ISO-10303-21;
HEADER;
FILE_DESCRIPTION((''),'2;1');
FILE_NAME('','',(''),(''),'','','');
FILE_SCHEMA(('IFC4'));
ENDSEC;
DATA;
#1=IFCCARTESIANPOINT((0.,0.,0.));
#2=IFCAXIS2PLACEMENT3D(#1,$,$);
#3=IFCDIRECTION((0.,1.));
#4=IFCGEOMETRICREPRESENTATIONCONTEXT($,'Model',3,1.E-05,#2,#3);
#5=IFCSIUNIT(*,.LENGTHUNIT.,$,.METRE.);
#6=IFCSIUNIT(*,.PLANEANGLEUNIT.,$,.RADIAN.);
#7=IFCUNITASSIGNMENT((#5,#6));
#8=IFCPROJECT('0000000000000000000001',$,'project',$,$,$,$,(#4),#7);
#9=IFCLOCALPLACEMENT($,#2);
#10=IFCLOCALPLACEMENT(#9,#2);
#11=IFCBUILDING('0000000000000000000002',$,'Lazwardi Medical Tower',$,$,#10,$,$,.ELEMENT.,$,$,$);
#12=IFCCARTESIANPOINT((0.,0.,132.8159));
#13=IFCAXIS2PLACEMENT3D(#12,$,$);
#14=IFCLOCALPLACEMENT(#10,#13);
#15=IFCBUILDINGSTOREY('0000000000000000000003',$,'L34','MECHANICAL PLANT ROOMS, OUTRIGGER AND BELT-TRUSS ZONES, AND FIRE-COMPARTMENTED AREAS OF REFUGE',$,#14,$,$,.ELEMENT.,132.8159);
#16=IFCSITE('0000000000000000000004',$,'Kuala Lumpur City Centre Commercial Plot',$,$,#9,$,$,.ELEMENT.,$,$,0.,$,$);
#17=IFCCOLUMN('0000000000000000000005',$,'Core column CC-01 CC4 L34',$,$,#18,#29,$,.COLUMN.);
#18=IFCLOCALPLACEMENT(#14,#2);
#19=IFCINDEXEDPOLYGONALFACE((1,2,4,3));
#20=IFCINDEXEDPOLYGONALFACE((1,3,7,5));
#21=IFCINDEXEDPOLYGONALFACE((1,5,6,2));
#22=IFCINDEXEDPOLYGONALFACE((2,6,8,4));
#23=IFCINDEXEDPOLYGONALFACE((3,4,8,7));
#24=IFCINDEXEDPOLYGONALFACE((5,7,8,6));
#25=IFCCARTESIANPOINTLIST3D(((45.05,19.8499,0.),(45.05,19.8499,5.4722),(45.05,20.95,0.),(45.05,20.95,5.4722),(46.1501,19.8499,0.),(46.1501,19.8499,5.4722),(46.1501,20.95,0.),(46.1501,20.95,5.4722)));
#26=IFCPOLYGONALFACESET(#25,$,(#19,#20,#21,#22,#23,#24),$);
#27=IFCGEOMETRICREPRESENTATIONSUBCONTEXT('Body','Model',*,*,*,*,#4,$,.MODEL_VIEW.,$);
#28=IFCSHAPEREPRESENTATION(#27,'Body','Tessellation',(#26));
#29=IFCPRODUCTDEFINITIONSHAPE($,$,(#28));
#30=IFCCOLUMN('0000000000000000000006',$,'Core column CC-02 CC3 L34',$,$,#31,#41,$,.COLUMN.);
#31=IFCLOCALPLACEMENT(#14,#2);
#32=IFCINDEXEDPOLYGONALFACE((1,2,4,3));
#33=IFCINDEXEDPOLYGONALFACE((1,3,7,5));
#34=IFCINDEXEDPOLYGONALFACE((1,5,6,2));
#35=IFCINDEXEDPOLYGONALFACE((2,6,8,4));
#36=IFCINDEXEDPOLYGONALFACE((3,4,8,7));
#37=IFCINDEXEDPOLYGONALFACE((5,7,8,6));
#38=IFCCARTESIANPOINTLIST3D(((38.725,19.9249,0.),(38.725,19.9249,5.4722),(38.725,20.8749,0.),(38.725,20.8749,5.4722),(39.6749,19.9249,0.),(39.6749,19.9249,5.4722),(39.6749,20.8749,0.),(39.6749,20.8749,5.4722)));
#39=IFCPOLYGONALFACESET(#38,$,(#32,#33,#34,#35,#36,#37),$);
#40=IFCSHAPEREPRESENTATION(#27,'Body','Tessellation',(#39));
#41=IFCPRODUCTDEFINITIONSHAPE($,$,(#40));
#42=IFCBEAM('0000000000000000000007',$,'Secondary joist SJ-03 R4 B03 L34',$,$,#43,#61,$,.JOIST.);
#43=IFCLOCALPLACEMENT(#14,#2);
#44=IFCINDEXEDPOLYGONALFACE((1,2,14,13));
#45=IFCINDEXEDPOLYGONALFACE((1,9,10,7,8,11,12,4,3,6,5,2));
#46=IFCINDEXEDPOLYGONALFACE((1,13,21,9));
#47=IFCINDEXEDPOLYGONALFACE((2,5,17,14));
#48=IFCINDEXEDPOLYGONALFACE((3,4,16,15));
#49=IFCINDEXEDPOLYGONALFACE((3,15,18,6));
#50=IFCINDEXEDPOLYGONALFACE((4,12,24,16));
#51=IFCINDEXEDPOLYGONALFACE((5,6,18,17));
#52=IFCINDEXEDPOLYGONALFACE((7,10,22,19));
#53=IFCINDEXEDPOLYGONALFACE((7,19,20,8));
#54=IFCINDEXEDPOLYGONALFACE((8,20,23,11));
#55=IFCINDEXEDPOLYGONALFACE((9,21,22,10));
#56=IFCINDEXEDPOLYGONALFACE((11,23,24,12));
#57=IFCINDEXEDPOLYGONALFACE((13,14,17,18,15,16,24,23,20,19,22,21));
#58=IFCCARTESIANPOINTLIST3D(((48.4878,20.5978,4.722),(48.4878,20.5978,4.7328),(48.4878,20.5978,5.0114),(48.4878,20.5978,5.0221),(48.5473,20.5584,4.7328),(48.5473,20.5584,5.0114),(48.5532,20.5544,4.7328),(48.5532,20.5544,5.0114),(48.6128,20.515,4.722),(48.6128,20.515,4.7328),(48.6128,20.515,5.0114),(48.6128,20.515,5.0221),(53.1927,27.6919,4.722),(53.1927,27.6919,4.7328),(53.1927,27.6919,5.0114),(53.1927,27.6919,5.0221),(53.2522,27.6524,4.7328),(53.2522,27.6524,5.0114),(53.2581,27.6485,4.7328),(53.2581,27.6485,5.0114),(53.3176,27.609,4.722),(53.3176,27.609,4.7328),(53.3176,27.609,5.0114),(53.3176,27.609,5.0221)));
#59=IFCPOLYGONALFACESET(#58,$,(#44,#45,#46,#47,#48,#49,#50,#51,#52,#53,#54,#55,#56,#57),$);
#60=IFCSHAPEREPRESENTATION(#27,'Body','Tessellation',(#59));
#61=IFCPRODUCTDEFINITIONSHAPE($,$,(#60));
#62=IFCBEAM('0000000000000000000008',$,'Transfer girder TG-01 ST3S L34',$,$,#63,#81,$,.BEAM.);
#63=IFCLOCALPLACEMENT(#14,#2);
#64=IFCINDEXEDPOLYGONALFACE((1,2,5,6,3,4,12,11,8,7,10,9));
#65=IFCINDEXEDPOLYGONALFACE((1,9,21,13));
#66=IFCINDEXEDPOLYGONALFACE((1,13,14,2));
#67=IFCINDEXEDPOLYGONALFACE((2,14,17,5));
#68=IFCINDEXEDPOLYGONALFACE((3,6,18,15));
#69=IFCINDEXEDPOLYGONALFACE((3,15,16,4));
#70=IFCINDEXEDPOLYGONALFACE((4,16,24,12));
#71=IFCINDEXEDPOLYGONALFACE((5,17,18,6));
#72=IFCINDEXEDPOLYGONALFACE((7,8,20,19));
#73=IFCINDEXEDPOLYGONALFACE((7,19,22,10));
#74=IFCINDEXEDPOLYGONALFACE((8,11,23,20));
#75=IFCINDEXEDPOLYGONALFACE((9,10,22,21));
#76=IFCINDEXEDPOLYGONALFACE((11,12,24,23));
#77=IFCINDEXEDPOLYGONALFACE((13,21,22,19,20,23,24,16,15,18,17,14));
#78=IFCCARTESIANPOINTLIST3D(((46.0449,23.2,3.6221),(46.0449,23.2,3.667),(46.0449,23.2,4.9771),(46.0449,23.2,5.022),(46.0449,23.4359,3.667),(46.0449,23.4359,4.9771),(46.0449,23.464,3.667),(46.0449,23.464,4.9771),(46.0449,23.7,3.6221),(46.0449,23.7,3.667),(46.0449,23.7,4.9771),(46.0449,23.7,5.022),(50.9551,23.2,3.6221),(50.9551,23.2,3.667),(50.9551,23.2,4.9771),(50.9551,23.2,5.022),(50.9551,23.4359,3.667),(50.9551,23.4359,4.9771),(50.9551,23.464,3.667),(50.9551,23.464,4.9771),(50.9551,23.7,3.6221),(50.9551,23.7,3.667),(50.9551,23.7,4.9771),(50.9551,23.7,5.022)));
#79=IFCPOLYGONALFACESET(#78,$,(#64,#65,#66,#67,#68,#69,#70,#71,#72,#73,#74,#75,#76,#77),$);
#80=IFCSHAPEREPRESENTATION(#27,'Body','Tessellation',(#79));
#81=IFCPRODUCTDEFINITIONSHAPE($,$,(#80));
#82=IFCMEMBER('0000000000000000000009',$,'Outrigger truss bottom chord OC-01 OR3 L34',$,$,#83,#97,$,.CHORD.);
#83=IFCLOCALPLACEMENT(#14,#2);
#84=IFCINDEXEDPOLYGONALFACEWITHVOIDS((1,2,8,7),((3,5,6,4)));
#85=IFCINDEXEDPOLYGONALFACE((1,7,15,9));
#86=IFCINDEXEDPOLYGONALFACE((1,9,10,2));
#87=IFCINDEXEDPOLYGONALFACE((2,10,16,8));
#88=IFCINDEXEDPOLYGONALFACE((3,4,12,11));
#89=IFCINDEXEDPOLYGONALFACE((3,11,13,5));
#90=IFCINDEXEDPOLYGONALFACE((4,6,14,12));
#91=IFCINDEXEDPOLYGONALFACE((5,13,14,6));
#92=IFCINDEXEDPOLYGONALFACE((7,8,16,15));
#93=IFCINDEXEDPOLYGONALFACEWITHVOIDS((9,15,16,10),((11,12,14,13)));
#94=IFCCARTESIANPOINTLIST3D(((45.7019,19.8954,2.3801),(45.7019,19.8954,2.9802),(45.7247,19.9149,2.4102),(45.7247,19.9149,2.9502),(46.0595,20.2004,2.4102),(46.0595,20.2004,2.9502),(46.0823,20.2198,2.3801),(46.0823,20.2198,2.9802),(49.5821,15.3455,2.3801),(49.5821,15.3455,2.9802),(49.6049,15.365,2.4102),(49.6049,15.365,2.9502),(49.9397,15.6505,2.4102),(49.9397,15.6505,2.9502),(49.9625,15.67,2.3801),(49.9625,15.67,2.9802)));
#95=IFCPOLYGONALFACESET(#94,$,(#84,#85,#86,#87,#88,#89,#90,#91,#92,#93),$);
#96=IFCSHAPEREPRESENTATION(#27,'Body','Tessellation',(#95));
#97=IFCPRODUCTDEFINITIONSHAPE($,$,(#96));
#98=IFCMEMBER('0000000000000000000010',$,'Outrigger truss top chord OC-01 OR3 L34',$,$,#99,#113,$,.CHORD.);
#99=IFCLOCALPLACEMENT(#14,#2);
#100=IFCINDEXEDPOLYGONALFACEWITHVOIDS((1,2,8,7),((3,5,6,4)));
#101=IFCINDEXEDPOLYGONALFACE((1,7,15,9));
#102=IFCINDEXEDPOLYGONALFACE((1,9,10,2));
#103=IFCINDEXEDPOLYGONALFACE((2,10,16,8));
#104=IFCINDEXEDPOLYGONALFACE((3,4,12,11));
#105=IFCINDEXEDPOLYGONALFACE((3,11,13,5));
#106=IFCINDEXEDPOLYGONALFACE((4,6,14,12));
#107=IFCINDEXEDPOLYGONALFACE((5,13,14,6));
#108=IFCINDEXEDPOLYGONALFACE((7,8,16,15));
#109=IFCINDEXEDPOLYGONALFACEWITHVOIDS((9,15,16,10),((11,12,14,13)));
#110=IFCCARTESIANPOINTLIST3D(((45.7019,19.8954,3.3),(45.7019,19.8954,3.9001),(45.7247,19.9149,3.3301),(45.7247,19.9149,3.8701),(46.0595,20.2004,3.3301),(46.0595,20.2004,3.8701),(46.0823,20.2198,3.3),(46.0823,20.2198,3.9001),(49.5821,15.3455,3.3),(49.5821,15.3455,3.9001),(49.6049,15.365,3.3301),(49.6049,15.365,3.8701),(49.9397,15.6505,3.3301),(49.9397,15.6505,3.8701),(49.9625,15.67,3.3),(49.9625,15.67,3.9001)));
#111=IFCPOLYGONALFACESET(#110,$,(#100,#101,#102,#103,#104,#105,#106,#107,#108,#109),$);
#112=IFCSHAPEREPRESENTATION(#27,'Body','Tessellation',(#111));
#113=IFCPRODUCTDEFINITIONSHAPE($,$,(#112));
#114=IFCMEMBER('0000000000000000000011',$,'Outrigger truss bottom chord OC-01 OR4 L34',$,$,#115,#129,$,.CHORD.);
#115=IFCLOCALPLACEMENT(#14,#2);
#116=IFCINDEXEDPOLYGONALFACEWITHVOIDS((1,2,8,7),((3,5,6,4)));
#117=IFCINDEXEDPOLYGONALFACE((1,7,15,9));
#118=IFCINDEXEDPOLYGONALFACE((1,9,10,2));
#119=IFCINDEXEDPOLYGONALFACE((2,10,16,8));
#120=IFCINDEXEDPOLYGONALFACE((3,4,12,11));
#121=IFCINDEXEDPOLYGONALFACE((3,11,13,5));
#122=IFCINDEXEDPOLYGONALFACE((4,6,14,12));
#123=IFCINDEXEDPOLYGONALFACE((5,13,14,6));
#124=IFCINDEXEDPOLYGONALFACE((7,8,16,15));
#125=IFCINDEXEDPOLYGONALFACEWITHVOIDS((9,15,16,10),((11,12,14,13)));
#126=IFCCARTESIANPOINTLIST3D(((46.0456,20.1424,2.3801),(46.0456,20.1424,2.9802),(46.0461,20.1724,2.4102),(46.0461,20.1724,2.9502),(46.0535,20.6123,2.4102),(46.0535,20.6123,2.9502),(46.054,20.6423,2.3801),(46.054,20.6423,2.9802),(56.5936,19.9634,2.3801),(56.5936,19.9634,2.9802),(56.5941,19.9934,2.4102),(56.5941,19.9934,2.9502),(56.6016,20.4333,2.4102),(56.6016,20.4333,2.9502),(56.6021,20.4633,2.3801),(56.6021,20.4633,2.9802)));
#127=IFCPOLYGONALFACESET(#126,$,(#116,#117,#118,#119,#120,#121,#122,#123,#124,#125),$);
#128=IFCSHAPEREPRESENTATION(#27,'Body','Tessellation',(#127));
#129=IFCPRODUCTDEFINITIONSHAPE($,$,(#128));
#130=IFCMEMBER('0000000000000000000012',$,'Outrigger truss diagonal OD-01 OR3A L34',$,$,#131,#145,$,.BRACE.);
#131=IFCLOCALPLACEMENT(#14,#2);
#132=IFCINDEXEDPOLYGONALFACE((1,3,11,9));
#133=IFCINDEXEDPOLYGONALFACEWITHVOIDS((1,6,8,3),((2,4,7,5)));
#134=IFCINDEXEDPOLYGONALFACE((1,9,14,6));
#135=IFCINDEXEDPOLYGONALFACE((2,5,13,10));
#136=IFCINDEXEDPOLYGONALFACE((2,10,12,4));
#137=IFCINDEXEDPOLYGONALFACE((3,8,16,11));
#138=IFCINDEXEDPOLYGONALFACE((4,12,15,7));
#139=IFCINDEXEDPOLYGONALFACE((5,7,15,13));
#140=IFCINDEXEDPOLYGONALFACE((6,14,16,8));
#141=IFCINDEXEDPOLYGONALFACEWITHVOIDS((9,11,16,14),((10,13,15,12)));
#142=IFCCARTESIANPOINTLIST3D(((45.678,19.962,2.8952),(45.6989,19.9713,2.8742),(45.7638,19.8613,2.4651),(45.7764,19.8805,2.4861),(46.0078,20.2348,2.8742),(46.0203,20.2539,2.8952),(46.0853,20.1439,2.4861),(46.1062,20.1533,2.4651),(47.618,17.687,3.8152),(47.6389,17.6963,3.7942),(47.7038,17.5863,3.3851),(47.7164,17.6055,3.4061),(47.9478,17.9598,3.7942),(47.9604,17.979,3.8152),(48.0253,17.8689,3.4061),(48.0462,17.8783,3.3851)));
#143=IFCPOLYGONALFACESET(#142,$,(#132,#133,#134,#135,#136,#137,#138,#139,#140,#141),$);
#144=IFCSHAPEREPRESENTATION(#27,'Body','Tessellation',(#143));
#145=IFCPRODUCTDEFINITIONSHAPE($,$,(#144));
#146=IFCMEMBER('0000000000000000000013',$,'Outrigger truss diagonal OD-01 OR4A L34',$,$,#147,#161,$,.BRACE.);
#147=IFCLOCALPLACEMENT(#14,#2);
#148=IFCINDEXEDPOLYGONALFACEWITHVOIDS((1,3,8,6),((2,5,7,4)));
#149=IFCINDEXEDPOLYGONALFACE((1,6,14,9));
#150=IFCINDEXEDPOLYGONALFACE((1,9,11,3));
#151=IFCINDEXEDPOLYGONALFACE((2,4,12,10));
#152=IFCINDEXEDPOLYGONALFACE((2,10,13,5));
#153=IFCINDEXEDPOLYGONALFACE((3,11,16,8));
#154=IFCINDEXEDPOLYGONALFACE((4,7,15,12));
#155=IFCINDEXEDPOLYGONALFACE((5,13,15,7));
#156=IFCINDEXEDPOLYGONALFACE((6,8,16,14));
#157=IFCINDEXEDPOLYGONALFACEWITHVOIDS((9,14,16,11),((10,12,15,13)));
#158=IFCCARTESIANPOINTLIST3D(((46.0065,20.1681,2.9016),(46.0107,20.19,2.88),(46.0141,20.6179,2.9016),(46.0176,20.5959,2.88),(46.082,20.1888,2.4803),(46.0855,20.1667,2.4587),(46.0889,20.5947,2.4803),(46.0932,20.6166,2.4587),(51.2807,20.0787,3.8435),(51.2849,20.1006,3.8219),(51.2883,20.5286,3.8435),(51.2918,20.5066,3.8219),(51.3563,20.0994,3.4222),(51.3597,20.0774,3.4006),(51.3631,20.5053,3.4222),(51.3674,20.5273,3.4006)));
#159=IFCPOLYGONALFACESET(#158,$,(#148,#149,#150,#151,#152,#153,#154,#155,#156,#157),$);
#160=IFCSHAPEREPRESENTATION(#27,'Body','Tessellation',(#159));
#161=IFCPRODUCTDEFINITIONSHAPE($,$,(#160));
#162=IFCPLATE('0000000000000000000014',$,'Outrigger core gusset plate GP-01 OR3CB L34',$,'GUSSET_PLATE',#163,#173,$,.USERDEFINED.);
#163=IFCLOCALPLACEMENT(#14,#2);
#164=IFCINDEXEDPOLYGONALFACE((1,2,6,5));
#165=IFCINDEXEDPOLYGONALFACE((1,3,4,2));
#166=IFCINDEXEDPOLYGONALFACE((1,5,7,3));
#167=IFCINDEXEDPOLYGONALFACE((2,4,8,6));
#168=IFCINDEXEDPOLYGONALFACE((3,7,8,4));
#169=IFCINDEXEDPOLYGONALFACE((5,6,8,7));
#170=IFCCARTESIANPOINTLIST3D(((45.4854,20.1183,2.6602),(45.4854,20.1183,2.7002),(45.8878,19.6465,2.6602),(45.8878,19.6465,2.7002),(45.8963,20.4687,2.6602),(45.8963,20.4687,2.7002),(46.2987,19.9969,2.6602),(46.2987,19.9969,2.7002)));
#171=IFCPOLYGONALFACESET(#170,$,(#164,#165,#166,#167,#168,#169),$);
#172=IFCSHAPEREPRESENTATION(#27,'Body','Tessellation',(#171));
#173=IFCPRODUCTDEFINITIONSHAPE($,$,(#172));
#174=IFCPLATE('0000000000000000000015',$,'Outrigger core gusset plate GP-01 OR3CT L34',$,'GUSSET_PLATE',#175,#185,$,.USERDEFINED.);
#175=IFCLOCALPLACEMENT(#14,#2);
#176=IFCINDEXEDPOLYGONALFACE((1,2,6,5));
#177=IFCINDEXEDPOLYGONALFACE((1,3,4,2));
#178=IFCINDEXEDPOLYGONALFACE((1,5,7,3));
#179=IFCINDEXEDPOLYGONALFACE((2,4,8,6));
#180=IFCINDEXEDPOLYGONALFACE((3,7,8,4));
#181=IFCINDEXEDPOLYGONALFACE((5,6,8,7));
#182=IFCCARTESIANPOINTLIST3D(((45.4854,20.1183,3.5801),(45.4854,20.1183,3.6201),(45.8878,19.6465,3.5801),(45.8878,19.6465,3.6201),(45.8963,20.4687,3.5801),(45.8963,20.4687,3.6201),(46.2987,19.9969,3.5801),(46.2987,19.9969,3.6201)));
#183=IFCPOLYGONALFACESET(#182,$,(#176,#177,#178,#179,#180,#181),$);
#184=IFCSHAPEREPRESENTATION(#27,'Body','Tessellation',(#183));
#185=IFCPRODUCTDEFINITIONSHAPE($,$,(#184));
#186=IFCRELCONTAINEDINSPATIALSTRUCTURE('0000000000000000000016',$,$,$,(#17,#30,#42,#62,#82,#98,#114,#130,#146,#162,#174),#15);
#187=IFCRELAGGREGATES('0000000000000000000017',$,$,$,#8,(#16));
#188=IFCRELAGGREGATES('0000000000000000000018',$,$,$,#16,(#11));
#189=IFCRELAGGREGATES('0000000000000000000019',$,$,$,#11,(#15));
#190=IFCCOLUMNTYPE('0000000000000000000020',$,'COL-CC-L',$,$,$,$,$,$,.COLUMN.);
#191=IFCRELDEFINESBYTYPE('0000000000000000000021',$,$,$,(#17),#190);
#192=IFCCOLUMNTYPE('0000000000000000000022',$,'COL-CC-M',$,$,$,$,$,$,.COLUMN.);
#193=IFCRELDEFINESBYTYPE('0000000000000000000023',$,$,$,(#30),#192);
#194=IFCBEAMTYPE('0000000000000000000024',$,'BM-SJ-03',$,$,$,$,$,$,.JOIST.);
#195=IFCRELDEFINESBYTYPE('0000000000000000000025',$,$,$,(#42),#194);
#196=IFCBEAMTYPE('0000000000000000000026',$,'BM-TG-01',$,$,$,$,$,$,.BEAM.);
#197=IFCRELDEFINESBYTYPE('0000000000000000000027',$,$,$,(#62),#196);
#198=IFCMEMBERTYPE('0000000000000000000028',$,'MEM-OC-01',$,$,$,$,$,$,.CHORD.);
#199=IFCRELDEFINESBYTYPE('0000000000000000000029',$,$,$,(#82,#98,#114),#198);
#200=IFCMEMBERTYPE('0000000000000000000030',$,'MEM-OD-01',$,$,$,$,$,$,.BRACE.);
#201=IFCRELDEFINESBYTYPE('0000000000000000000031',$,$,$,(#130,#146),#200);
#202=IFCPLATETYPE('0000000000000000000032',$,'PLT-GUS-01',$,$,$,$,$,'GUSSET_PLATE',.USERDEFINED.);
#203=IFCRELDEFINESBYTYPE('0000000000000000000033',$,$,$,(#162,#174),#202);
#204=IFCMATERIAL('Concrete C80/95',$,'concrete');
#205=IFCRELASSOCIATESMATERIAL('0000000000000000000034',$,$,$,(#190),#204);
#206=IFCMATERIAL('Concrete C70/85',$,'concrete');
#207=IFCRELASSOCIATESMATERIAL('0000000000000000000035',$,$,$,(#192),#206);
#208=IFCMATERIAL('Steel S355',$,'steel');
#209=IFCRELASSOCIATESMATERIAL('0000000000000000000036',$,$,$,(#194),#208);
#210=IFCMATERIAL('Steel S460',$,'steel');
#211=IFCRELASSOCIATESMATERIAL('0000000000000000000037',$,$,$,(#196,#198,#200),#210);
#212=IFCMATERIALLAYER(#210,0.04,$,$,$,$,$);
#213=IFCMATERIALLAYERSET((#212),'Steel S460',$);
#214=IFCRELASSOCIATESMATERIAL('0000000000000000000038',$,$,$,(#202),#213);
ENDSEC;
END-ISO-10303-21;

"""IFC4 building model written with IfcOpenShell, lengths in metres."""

from ifc_helpers import new_model, si_unit, direction, frame, origin, origin_2d, place, context, subcontext, project, spatial, rectangle, hollow_rectangle, i_section, extrude, material, layer, layer_set, material_profile, profile_set, type_object, element, save


model = new_model("IFC4")

# Units and contexts
model_context = context("Model", 3, precision=1e-05, world=origin(), true_north=direction((0.0, 1.0)))
body_context = subcontext(model_context, "Body", "Model", "MODEL_VIEW")
ifc_project = project(units=[si_unit("LENGTHUNIT", "METRE"), si_unit("PLANEANGLEUNIT", "RADIAN")], contexts=[model_context])

# Site, building, storey
site_placement = place(None, origin())
site = spatial("IfcSite", under=ifc_project, at=site_placement, Name="Kuala Lumpur City Centre Commercial Plot", CompositionType="ELEMENT", RefElevation=0.0)
building_placement = place(site_placement, origin())
building = spatial("IfcBuilding", under=site, at=building_placement, Name="Lazwardi Medical Tower", CompositionType="ELEMENT")
storey_placement = place(building_placement, frame((0.0, 0.0, 132.8159)))
storey = spatial("IfcBuildingStorey", under=building, at=storey_placement, Name="L34", Description="MECHANICAL PLANT ROOMS, OUTRIGGER AND BELT-TRUSS ZONES, AND FIRE-COMPARTMENTED AREAS OF REFUGE", CompositionType="ELEMENT", Elevation=132.8159)

# Columns
ifc_material_1 = material(Name="Concrete C80/95", Category="concrete")
ifc_material_profile_1 = material_profile(ifc_material_1, rectangle(XDim=1.1001, YDim=1.1001, at=origin_2d()), Name="RC 1100x1100")
ifc_profile_set_1 = profile_set([ifc_material_profile_1], Name="Concrete C80/95")
column_type_1 = type_object("IfcColumnType", Name="COL-CC-L", PredefinedType="COLUMN", material=ifc_profile_set_1)
column_1_placement = place(storey_placement, frame((45.6001, 20.3999, 0.0), z_axis=(0.0, 0.0, 1.0), x_axis=(1.0, 0.0, 0.0)))
element("IfcColumn", 1, at=column_1_placement, inside=storey, type_object=column_type_1, Name="Core column CC-01 CC4 L34", PredefinedType="COLUMN", context=body_context, shape_type="SweptSolid", body=[
    extrude(rectangle(XDim=1.1001, YDim=1.1001, at=origin_2d()), origin(), (0.0, 0.0, 1.0), 5.4722),
])
ifc_material_2 = material(Name="Concrete C70/85", Category="concrete")
ifc_material_profile_2 = material_profile(ifc_material_2, rectangle(XDim=0.95, YDim=0.95, at=origin_2d()), Name="RC 950x950")
ifc_profile_set_2 = profile_set([ifc_material_profile_2], Name="Concrete C70/85")
column_type_2 = type_object("IfcColumnType", Name="COL-CC-M", PredefinedType="COLUMN", material=ifc_profile_set_2)
column_2_placement = place(storey_placement, frame((39.2, 20.3999, 0.0), z_axis=(0.0, 0.0, 1.0), x_axis=(1.0, 0.0, 0.0)))
element("IfcColumn", 2, at=column_2_placement, inside=storey, type_object=column_type_2, Name="Core column CC-02 CC3 L34", PredefinedType="COLUMN", context=body_context, shape_type="SweptSolid", body=[
    extrude(rectangle(XDim=0.95, YDim=0.95, at=origin_2d()), origin(), (0.0, 0.0, 1.0), 5.4722),
])

# Beams
ifc_material_3 = material(Name="Steel S355", Category="steel")
ifc_material_profile_3 = material_profile(ifc_material_3, i_section(OverallWidth=0.1499, OverallDepth=0.3, WebThickness=0.0071, FlangeThickness=0.0107, at=origin_2d()), Name="IPE 300")
ifc_profile_set_3 = profile_set([ifc_material_profile_3], Name="Steel S355")
beam_type_1 = type_object("IfcBeamType", Name="BM-SJ-03", PredefinedType="JOIST", material=ifc_profile_set_3)
beam_1_placement = place(storey_placement, frame((48.5503, 20.5564, 4.8721), z_axis=(0.552706, 0.833376, 0.0), x_axis=(-0.833376, 0.552706, 0.0)))
element("IfcBeam", 3, at=beam_1_placement, inside=storey, type_object=beam_type_1, Name="Secondary joist SJ-03 R4 B03 L34", PredefinedType="JOIST", context=body_context, shape_type="SweptSolid", body=[
    extrude(i_section(OverallWidth=0.1499, OverallDepth=0.3, WebThickness=0.0071, FlangeThickness=0.0107, at=origin_2d()), origin(), (0.0, 0.0, 1.0), 8.5125),
])
ifc_material_4 = material(Name="Steel S460", Category="steel")
ifc_material_profile_4 = material_profile(ifc_material_4, i_section(OverallWidth=0.5, OverallDepth=1.3999, WebThickness=0.0281, FlangeThickness=0.0449, at=origin_2d()), Name="PG 1400x500")
ifc_profile_set_4 = profile_set([ifc_material_profile_4], Name="Steel S460")
beam_type_2 = type_object("IfcBeamType", Name="BM-TG-01", PredefinedType="BEAM", material=ifc_profile_set_4)
beam_2_placement = place(storey_placement, frame((46.0449, 23.45, 4.322), z_axis=(1.0, 0.0, 0.0), x_axis=(0.0, 1.0, 0.0)))
element("IfcBeam", 4, at=beam_2_placement, inside=storey, type_object=beam_type_2, Name="Transfer girder TG-01 ST3S L34", PredefinedType="BEAM", context=body_context, shape_type="SweptSolid", body=[
    extrude(i_section(OverallWidth=0.5, OverallDepth=1.3999, WebThickness=0.0281, FlangeThickness=0.0449, at=origin_2d()), origin(), (0.0, 0.0, 1.0), 4.9102),
])

# Members
ifc_material_profile_5 = material_profile(ifc_material_4, hollow_rectangle(XDim=0.5, YDim=0.6001, WallThickness=0.03, at=origin_2d()), Name="RHS 600x500x30")
ifc_profile_set_5 = profile_set([ifc_material_profile_5], Name="Steel S460")
member_type_1 = type_object("IfcMemberType", Name="MEM-OC-01", PredefinedType="CHORD", material=ifc_profile_set_5)
for number, where, z_axis, x_axis, name in (
    (5, (45.8921, 20.0576, 2.6802), (0.64889, -0.760883, 0.0), (0.760883, 0.64889, 0.0), "Outrigger truss bottom chord OC-01 OR3 L34"),
    (6, (45.8921, 20.0576, 3.6001), (0.64889, -0.760883, 0.0), (0.760883, 0.64889, 0.0), "Outrigger truss top chord OC-01 OR3 L34"),
):
    element("IfcMember", number, at=place(storey_placement, frame(where, z_axis=z_axis, x_axis=x_axis)), inside=storey, type_object=member_type_1, Name=name, PredefinedType="CHORD", context=body_context, shape_type="SweptSolid", body=[
        extrude(hollow_rectangle(XDim=0.5, YDim=0.6001, WallThickness=0.03, at=origin_2d()), origin(), (0.0, 0.0, 1.0), 5.9797),
    ])
member_1_placement = place(storey_placement, frame((46.0498, 20.3923, 2.6802), z_axis=(0.999856, -0.016963, 0.0), x_axis=(0.016963, 0.999856, 0.0)))
element("IfcMember", 7, at=member_1_placement, inside=storey, type_object=member_type_1, Name="Outrigger truss bottom chord OC-01 OR4 L34", PredefinedType="CHORD", context=body_context, shape_type="SweptSolid", body=[
    extrude(hollow_rectangle(XDim=0.5, YDim=0.6001, WallThickness=0.03, at=origin_2d()), origin(), (0.0, 0.0, 1.0), 10.5496),
])
ifc_material_profile_6 = material_profile(ifc_material_4, hollow_rectangle(XDim=0.45, YDim=0.45, WallThickness=0.022, at=origin_2d()), Name="RHS 450x450x22")
ifc_profile_set_6 = profile_set([ifc_material_profile_6], Name="Steel S460")
member_type_2 = type_object("IfcMemberType", Name="MEM-OD-01", PredefinedType="BRACE", material=ifc_profile_set_6)
member_2_placement = place(storey_placement, frame((45.8921, 20.0576, 2.6802), z_axis=(0.620172, -0.727255, 0.294086), x_axis=(0.760903, 0.648866, 0.0)))
element("IfcMember", 8, at=member_2_placement, inside=storey, type_object=member_type_2, Name="Outrigger truss diagonal OD-01 OR3A L34", PredefinedType="BRACE", context=body_context, shape_type="SweptSolid", body=[
    extrude(hollow_rectangle(XDim=0.45, YDim=0.45, WallThickness=0.022, at=origin_2d()), origin(), (0.0, 0.0, 1.0), 3.1282),
])
member_3_placement = place(storey_placement, frame((46.0498, 20.3923, 2.6802), z_axis=(0.984288, -0.016676, 0.17578), x_axis=(0.01694, 0.999857, 0.0)))
element("IfcMember", 9, at=member_3_placement, inside=storey, type_object=member_type_2, Name="Outrigger truss diagonal OD-01 OR4A L34", PredefinedType="BRACE", context=body_context, shape_type="SweptSolid", body=[
    extrude(hollow_rectangle(XDim=0.45, YDim=0.45, WallThickness=0.022, at=origin_2d()), origin(), (0.0, 0.0, 1.0), 5.3584),
])

# Plates
ifc_layer_1 = layer(ifc_material_4, 0.04)
ifc_layer_set_1 = layer_set([ifc_layer_1], Name="Steel S460")
plate_type = type_object("IfcPlateType", Name="PLT-GUS-01", ElementType="GUSSET_PLATE", PredefinedType="USERDEFINED", material=ifc_layer_set_1)
for number, where, z_axis, x_axis, name in (
    (10, (45.8921, 20.0576, 2.6602), (0.0, 0.0, 1.0), (0.648917, -0.760859, 0.0), "Outrigger core gusset plate GP-01 OR3CB L34"),
    (11, (45.8921, 20.0576, 3.5801), (0.0, 0.0, 1.0), (0.648917, -0.760859, 0.0), "Outrigger core gusset plate GP-01 OR3CT L34"),
):
    element("IfcPlate", number, at=place(storey_placement, frame(where, z_axis=z_axis, x_axis=x_axis)), inside=storey, type_object=plate_type, Name=name, ObjectType="GUSSET_PLATE", PredefinedType="USERDEFINED", context=body_context, shape_type="SweptSolid", body=[
        extrude(rectangle(XDim=0.6201, YDim=0.54, at=origin_2d()), origin(), (0.0, 0.0, 1.0), 0.04),
    ])

save(model, "model.ifc")
